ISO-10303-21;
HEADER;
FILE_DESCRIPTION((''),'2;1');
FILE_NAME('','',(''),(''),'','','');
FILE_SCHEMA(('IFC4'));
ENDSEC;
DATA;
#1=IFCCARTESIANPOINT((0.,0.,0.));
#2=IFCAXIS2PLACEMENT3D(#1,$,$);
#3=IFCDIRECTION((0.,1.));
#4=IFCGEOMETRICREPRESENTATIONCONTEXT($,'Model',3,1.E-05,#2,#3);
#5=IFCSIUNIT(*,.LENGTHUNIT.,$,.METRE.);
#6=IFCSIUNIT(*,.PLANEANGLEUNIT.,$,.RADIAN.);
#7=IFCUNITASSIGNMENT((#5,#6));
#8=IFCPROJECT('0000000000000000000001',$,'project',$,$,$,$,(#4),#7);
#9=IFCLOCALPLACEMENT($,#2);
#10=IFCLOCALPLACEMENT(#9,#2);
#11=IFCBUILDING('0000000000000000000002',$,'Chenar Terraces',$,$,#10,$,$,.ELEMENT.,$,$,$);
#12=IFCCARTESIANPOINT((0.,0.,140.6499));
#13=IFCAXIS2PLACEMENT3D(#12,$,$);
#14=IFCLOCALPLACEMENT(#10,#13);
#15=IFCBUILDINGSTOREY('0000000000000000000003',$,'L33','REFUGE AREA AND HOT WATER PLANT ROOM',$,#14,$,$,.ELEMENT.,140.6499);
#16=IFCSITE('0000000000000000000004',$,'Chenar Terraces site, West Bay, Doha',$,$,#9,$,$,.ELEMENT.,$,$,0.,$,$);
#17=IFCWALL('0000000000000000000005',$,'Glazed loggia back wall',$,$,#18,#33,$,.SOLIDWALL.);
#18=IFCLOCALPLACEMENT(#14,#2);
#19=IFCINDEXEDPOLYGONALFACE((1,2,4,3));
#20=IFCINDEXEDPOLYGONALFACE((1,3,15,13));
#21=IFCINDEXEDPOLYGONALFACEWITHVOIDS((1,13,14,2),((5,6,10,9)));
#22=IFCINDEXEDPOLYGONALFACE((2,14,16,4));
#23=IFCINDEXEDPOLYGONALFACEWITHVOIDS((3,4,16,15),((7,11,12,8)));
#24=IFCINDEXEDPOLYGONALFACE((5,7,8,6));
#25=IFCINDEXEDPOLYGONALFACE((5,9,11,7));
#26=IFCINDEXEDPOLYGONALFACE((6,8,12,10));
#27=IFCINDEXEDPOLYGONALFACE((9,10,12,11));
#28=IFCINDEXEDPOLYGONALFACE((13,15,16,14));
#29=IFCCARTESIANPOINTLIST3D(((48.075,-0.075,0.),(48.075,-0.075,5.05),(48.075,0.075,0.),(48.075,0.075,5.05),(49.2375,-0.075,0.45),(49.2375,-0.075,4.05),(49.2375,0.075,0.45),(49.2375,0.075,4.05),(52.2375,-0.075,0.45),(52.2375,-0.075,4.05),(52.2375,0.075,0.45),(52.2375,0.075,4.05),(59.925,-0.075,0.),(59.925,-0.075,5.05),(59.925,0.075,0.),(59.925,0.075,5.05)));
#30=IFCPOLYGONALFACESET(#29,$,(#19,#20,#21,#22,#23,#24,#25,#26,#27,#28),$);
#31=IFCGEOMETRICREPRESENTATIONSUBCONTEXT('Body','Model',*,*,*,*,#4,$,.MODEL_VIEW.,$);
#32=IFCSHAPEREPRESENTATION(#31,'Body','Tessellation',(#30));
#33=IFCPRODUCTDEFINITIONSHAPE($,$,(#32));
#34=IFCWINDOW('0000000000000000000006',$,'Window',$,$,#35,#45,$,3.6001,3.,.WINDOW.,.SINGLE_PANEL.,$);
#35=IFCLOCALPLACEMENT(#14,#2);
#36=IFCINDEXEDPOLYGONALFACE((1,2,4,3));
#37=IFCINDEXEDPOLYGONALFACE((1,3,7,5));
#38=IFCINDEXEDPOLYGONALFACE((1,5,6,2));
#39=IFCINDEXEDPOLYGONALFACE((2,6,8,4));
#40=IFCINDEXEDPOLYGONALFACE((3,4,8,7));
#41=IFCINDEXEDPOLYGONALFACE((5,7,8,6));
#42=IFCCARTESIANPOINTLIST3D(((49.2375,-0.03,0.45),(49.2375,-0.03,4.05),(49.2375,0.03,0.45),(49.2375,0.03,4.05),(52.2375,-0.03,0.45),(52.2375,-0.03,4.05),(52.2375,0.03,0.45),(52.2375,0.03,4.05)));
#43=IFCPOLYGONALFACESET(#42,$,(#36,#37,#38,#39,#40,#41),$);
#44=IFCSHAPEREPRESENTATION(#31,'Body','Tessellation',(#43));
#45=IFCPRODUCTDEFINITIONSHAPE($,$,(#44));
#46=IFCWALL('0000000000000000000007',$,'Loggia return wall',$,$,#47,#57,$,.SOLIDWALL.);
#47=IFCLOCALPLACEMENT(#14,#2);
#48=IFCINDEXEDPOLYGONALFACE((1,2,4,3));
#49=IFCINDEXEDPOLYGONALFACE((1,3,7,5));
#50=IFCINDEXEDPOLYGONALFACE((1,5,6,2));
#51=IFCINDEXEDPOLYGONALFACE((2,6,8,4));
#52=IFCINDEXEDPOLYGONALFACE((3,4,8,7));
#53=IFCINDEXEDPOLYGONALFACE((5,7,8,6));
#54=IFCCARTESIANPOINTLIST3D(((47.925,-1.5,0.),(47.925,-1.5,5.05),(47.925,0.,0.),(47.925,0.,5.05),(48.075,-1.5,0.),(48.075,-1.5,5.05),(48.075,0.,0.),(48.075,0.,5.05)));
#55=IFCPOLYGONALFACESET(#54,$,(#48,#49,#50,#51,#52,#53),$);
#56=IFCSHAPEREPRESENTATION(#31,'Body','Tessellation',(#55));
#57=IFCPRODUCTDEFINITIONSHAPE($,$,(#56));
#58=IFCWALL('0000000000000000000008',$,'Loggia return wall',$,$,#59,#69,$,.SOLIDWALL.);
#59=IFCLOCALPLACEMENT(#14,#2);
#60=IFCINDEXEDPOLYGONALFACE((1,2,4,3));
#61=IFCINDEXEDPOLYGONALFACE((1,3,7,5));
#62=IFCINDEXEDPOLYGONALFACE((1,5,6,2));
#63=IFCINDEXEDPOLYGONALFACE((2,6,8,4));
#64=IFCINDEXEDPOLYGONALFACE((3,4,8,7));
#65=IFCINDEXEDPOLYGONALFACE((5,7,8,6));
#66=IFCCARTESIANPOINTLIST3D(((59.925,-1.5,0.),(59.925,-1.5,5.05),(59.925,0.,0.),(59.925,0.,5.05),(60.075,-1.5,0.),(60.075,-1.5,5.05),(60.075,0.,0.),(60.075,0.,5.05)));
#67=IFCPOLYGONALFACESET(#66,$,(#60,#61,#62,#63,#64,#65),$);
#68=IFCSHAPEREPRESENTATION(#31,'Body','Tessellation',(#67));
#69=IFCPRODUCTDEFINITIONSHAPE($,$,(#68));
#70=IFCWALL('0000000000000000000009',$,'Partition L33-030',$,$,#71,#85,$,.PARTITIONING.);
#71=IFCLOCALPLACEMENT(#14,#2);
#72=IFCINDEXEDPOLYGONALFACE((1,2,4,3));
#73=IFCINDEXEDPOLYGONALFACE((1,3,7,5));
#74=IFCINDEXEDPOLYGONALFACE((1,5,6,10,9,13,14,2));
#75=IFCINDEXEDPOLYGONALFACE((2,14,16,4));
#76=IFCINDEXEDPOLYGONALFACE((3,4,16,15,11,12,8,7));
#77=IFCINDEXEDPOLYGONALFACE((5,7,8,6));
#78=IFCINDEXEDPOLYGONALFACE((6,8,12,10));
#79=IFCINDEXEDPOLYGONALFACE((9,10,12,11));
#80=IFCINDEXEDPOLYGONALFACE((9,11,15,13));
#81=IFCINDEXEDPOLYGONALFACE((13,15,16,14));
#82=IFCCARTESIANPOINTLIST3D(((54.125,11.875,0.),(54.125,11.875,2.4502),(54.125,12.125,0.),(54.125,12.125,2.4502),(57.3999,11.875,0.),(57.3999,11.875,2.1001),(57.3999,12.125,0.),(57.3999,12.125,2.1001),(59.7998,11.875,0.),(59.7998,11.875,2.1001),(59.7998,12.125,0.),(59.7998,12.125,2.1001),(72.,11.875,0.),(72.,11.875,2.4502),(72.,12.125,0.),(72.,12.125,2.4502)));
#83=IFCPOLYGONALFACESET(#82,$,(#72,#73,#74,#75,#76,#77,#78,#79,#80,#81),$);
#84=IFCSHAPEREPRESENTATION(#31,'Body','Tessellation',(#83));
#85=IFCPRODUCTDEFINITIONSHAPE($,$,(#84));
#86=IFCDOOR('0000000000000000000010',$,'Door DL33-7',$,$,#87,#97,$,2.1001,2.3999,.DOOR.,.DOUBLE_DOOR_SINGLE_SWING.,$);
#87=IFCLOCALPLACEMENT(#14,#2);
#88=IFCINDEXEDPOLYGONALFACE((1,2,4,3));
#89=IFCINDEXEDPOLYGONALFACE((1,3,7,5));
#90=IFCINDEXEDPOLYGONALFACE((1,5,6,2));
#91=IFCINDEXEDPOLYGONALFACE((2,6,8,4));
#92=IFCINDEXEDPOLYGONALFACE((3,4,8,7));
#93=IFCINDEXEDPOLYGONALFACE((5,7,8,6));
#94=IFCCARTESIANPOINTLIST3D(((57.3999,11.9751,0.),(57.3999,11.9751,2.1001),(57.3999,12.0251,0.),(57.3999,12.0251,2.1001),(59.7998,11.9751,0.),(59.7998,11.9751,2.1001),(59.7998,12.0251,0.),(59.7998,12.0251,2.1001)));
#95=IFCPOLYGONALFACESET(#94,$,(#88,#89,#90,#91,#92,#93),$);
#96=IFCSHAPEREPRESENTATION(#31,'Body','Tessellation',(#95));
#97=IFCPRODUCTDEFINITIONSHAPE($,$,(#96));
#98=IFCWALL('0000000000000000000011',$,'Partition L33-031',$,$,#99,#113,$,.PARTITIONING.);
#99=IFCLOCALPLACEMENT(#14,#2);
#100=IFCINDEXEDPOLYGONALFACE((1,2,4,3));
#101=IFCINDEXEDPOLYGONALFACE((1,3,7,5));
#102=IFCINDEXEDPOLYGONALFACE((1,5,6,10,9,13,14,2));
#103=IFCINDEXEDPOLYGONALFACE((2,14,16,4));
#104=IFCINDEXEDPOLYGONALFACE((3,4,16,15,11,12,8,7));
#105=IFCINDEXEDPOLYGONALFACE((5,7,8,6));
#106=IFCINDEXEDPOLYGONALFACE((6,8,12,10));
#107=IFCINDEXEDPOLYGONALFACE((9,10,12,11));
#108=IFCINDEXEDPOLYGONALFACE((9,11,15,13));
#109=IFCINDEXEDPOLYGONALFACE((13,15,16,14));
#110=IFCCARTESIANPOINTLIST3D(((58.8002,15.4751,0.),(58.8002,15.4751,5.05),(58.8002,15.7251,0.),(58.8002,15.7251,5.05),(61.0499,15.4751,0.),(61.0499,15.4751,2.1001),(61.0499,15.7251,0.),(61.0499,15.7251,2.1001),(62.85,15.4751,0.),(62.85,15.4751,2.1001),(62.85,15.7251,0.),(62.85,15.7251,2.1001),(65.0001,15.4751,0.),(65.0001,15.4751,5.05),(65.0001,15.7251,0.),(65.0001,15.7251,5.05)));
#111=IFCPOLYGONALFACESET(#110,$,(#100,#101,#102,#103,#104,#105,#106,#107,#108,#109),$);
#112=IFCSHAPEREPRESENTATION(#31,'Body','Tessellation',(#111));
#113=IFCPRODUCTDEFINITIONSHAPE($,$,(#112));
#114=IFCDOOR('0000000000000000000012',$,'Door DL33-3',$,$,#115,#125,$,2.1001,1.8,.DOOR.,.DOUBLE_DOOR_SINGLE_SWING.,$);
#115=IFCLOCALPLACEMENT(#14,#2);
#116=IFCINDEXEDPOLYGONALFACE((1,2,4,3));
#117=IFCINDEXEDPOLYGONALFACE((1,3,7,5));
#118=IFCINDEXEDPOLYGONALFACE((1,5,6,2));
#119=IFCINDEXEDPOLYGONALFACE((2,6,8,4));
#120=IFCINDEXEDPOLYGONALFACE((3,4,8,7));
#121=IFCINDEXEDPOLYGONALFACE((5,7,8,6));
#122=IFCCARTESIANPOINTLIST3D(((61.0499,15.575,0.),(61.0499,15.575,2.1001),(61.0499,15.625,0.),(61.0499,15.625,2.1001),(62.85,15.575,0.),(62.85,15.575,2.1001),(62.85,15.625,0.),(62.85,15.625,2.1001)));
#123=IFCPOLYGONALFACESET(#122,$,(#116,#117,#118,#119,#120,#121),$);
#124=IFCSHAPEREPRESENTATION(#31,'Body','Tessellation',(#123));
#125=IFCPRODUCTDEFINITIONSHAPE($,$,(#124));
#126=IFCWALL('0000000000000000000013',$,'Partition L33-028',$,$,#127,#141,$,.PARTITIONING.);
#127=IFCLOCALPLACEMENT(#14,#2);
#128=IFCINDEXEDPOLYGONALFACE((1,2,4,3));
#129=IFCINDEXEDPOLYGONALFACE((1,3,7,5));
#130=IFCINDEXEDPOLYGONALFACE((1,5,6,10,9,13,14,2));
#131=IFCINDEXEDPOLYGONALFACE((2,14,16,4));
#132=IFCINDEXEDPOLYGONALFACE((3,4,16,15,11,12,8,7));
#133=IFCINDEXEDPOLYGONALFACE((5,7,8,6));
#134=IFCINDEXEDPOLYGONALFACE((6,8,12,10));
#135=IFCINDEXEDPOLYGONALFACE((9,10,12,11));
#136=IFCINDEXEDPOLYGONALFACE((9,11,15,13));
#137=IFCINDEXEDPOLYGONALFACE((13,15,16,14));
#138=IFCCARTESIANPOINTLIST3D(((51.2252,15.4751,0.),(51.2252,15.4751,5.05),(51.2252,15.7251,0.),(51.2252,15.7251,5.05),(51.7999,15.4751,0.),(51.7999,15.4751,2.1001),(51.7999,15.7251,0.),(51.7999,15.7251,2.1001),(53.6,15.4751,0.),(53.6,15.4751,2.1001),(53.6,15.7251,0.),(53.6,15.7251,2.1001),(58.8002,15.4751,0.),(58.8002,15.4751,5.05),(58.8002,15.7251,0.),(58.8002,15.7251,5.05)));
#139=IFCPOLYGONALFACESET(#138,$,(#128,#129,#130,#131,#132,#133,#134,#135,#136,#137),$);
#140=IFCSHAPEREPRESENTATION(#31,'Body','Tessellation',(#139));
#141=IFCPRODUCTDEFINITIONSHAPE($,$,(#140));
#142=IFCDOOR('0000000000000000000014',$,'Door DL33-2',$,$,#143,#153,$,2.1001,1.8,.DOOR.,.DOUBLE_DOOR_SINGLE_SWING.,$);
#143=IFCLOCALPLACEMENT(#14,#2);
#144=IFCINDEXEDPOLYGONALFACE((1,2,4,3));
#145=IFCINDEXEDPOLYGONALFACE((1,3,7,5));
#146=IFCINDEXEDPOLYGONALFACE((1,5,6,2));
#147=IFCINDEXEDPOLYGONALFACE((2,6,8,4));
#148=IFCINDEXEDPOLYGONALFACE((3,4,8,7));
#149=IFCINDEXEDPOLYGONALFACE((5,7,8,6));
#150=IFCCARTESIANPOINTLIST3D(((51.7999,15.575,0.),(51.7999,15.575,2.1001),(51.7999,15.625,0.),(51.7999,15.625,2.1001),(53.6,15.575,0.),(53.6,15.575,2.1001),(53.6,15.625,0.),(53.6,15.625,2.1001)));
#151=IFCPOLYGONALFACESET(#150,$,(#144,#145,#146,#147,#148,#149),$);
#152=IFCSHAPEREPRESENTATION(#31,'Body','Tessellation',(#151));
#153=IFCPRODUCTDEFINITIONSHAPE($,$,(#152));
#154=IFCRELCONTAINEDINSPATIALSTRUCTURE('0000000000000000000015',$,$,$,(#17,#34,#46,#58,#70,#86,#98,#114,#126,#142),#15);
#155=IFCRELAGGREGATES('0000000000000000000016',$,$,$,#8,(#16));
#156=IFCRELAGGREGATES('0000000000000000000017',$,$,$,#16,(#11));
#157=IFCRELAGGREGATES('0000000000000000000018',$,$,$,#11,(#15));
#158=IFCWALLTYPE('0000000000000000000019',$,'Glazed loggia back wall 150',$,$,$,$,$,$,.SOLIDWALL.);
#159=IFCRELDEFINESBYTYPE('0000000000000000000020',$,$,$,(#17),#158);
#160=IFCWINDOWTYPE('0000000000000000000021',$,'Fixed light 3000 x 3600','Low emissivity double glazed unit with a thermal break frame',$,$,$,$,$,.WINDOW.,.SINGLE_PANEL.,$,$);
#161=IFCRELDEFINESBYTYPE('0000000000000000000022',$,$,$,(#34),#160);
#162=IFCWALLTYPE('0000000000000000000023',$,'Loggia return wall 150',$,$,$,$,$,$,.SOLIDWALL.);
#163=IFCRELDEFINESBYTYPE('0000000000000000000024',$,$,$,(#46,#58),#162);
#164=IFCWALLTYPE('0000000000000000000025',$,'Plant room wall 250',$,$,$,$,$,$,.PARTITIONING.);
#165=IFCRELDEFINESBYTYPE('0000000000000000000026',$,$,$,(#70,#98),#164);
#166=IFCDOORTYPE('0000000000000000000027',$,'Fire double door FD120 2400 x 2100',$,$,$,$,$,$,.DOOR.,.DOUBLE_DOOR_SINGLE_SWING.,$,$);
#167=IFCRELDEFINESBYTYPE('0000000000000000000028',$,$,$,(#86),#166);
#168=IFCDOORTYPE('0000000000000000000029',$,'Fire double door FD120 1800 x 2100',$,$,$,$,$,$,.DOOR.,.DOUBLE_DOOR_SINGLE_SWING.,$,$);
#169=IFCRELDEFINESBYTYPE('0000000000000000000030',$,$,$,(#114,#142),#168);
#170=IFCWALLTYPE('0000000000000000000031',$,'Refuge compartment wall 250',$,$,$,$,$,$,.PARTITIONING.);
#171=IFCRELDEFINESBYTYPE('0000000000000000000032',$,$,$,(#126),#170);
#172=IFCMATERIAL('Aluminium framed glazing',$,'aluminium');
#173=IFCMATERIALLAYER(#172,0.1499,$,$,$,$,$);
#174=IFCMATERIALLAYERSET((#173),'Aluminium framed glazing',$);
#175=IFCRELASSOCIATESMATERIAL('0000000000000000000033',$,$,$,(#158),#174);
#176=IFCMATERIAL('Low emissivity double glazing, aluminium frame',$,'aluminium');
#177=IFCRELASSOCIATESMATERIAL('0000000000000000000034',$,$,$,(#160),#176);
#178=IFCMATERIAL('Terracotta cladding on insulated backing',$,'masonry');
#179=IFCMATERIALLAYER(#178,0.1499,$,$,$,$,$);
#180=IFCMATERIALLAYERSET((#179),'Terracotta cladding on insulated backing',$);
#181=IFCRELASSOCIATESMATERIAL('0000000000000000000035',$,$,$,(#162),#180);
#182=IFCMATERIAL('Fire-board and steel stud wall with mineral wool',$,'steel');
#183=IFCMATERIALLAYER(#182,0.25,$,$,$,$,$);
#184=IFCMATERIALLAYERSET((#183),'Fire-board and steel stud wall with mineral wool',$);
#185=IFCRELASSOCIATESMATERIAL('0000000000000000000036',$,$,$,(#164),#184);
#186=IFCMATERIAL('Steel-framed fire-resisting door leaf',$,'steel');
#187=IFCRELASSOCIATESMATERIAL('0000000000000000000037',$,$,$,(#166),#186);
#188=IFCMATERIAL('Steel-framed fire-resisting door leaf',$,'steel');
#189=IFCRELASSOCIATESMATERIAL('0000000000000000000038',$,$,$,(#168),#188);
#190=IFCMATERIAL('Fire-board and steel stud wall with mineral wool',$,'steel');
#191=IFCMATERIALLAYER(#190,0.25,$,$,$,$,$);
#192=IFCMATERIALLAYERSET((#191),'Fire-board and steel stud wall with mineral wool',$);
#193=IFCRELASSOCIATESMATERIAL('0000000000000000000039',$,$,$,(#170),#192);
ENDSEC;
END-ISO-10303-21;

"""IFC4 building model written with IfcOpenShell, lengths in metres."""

from ifc_helpers import new_model, si_unit, direction, frame, frame_2d, origin, place, context, subcontext, project, spatial, rectangle, extrude, material, layer, layer_set, type_object, element, fill, save


model = new_model("IFC4")

# Units and contexts
model_context = context("Model", 3, precision=1e-05, world=origin(), true_north=direction((0.0, 1.0)))
body_context = subcontext(model_context, "Body", "Model", "MODEL_VIEW")
ifc_project = project(units=[si_unit("LENGTHUNIT", "METRE"), si_unit("PLANEANGLEUNIT", "RADIAN")], contexts=[model_context])

# Site, building, storey
site_placement = place(None, origin())
site = spatial("IfcSite", under=ifc_project, at=site_placement, Name="Chenar Terraces site, West Bay, Doha", CompositionType="ELEMENT", RefElevation=0.0)
building_placement = place(site_placement, origin())
building = spatial("IfcBuilding", under=site, at=building_placement, Name="Chenar Terraces", CompositionType="ELEMENT")
storey_placement = place(building_placement, frame((0.0, 0.0, 140.6499)))
storey = spatial("IfcBuildingStorey", under=building, at=storey_placement, Name="L33", Description="REFUGE AREA AND HOT WATER PLANT ROOM", CompositionType="ELEMENT", Elevation=140.6499)

# Wall, opening, window
ifc_material_1 = material(Name="Aluminium framed glazing", Category="aluminium")
ifc_layer_1 = layer(ifc_material_1, 0.1499)
ifc_layer_set_1 = layer_set([ifc_layer_1], Name="Aluminium framed glazing")
wall_type_1 = type_object("IfcWallType", Name="Glazed loggia back wall 150", PredefinedType="SOLIDWALL", material=ifc_layer_set_1)
wall_1_placement = place(storey_placement, frame((48.075, 0.0, 0.0), z_axis=(0.0, 0.0, 1.0), x_axis=(1.0, 0.0, 0.0)))
wall_1 = element("IfcWall", 1, at=wall_1_placement, inside=storey, type_object=wall_type_1, Name="Glazed loggia back wall", PredefinedType="SOLIDWALL", context=body_context, shape_type="SweptSolid", body=[
    extrude(rectangle(XDim=11.8501, YDim=0.1499, at=frame_2d((5.925, 0.0))), origin(), (0.0, 0.0, 1.0), 5.05),
])
opening_1_placement = place(wall_1_placement, frame((1.1626, 0.0, 0.45)))
opening_1 = element("IfcOpeningElement", 2, at=opening_1_placement, cuts=wall_1, PredefinedType="OPENING", context=body_context, shape_type="SweptSolid", body=[
    extrude(rectangle(XDim=3.0, YDim=3.6001, at=frame_2d((1.5, 1.8))), frame((0.0, 0.085, 0.0), z_axis=(0.0, -1.0, 0.0), x_axis=(1.0, 0.0, 0.0)), (0.0, 0.0, 1.0), 0.1699),
])
ifc_material_2 = material(Name="Low emissivity double glazing, aluminium frame", Category="aluminium")
window_type = type_object("IfcWindowType", Name="Fixed light 3000 x 3600", Description="Low emissivity double glazed unit with a thermal break frame", PartitioningType="SINGLE_PANEL", PredefinedType="WINDOW", material=ifc_material_2)
window_placement = place(opening_1_placement, origin())
window = element("IfcWindow", 3, at=window_placement, inside=storey, type_object=window_type, Name="Window", OverallHeight=3.6001, OverallWidth=3.0, PartitioningType="SINGLE_PANEL", PredefinedType="WINDOW", context=body_context, shape_type="SweptSolid", body=[
    extrude(rectangle(XDim=3.0, YDim=3.6001, at=frame_2d((1.5, 1.8))), frame((0.0, 0.03, 0.0), z_axis=(0.0, -1.0, 0.0), x_axis=(1.0, 0.0, 0.0)), (0.0, 0.0, 1.0), 0.0601),
])
fill(opening_1, window)

# Walls
ifc_material_3 = material(Name="Terracotta cladding on insulated backing", Category="masonry")
ifc_layer_2 = layer(ifc_material_3, 0.1499)
ifc_layer_set_2 = layer_set([ifc_layer_2], Name="Terracotta cladding on insulated backing")
wall_type_2 = type_object("IfcWallType", Name="Loggia return wall 150", PredefinedType="SOLIDWALL", material=ifc_layer_set_2)
for number, where, z_axis, x_axis, name in (
    (4, (48.0, -1.5, 0.0), (0.0, 0.0, 1.0), (0.0, 1.0, 0.0), "Loggia return wall"),
    (5, (60.0, -1.5, 0.0), (0.0, 0.0, 1.0), (0.0, 1.0, 0.0), "Loggia return wall"),
):
    element("IfcWall", number, at=place(storey_placement, frame(where, z_axis=z_axis, x_axis=x_axis)), inside=storey, type_object=wall_type_2, Name=name, PredefinedType="SOLIDWALL", context=body_context, shape_type="SweptSolid", body=[
        extrude(rectangle(XDim=1.5, YDim=0.1499, at=frame_2d((0.75, 0.0))), origin(), (0.0, 0.0, 1.0), 5.05),
    ])

# Walls, openings, doors
ifc_material_4 = material(Name="Fire-board and steel stud wall with mineral wool", Category="steel")
ifc_layer_3 = layer(ifc_material_4, 0.25)
ifc_layer_set_3 = layer_set([ifc_layer_3], Name="Fire-board and steel stud wall with mineral wool")
wall_type_3 = type_object("IfcWallType", Name="Plant room wall 250", PredefinedType="PARTITIONING", material=ifc_layer_set_3)
wall_2_placement = place(storey_placement, frame((54.125, 12.0, 0.0), z_axis=(0.0, 0.0, 1.0), x_axis=(1.0, 0.0, 0.0)))
wall_2 = element("IfcWall", 6, at=wall_2_placement, inside=storey, type_object=wall_type_3, Name="Partition L33-030", PredefinedType="PARTITIONING", context=body_context, shape_type="SweptSolid", body=[
    extrude(rectangle(XDim=17.875, YDim=0.25, at=frame_2d((8.9375, 0.0))), origin(), (0.0, 0.0, 1.0), 2.4502),
])
opening_2_placement = place(wall_2_placement, frame((3.2749, 0.0, 0.0)))
opening_2 = element("IfcOpeningElement", 7, at=opening_2_placement, cuts=wall_2, PredefinedType="OPENING", context=body_context, shape_type="SweptSolid", body=[
    extrude(rectangle(XDim=2.3999, YDim=2.1001, at=frame_2d((1.2, 1.05))), frame((0.0, 0.135, 0.0), z_axis=(0.0, -1.0, 0.0), x_axis=(1.0, 0.0, 0.0)), (0.0, 0.0, 1.0), 0.27),
])
ifc_material_5 = material(Name="Steel-framed fire-resisting door leaf", Category="steel")
door_type_1 = type_object("IfcDoorType", Name="Fire double door FD120 2400 x 2100", OperationType="DOUBLE_DOOR_SINGLE_SWING", PredefinedType="DOOR", material=ifc_material_5)
door_1_placement = place(opening_2_placement, frame((2.3999, 0.0, 0.0), z_axis=(0.0, 0.0, 1.0), x_axis=(-1.0, 0.0, 0.0)))
door_1 = element("IfcDoor", 8, at=door_1_placement, inside=storey, type_object=door_type_1, Name="Door DL33-7", OperationType="DOUBLE_DOOR_SINGLE_SWING", OverallHeight=2.1001, OverallWidth=2.3999, PredefinedType="DOOR", context=body_context, shape_type="SweptSolid", body=[
    extrude(rectangle(XDim=2.3999, YDim=2.1001, at=frame_2d((1.2, 1.05))), frame((0.0, 0.0249, 0.0), z_axis=(0.0, -1.0, 0.0), x_axis=(1.0, 0.0, 0.0)), (0.0, 0.0, 1.0), 0.05),
])
fill(opening_2, door_1)
wall_3_placement = place(storey_placement, frame((58.8, 15.6001, 0.0), z_axis=(0.0, 0.0, 1.0), x_axis=(1.0, 0.0, 0.0)))
wall_3 = element("IfcWall", 9, at=wall_3_placement, inside=storey, type_object=wall_type_3, Name="Partition L33-031", PredefinedType="PARTITIONING", context=body_context, shape_type="SweptSolid", body=[
    extrude(rectangle(XDim=6.2, YDim=0.25, at=frame_2d((3.1001, 0.0))), origin(), (0.0, 0.0, 1.0), 5.05),
])
opening_3_placement = place(wall_3_placement, frame((2.25, 0.0, 0.0)))
opening_3 = element("IfcOpeningElement", 10, at=opening_3_placement, cuts=wall_3, PredefinedType="OPENING", context=body_context, shape_type="SweptSolid", body=[
    extrude(rectangle(XDim=1.8, YDim=2.1001, at=frame_2d((0.8999, 1.05))), frame((0.0, 0.135, 0.0), z_axis=(0.0, -1.0, 0.0), x_axis=(1.0, 0.0, 0.0)), (0.0, 0.0, 1.0), 0.27),
])
ifc_material_6 = material(Name="Steel-framed fire-resisting door leaf", Category="steel")
door_type_2 = type_object("IfcDoorType", Name="Fire double door FD120 1800 x 2100", OperationType="DOUBLE_DOOR_SINGLE_SWING", PredefinedType="DOOR", material=ifc_material_6)
door_2_placement = place(opening_3_placement, origin())
door_2 = element("IfcDoor", 11, at=door_2_placement, inside=storey, type_object=door_type_2, Name="Door DL33-3", OperationType="DOUBLE_DOOR_SINGLE_SWING", OverallHeight=2.1001, OverallWidth=1.8, PredefinedType="DOOR", context=body_context, shape_type="SweptSolid", body=[
    extrude(rectangle(XDim=1.8, YDim=2.1001, at=frame_2d((0.8999, 1.05))), frame((0.0, 0.0249, 0.0), z_axis=(0.0, -1.0, 0.0), x_axis=(1.0, 0.0, 0.0)), (0.0, 0.0, 1.0), 0.05),
])
fill(opening_3, door_2)
ifc_material_7 = material(Name="Fire-board and steel stud wall with mineral wool", Category="steel")
ifc_layer_4 = layer(ifc_material_7, 0.25)
ifc_layer_set_4 = layer_set([ifc_layer_4], Name="Fire-board and steel stud wall with mineral wool")
wall_type_4 = type_object("IfcWallType", Name="Refuge compartment wall 250", PredefinedType="PARTITIONING", material=ifc_layer_set_4)
wall_4_placement = place(storey_placement, frame((51.2251, 15.6001, 0.0), z_axis=(0.0, 0.0, 1.0), x_axis=(1.0, 0.0, 0.0)))
wall_4 = element("IfcWall", 12, at=wall_4_placement, inside=storey, type_object=wall_type_4, Name="Partition L33-028", PredefinedType="PARTITIONING", context=body_context, shape_type="SweptSolid", body=[
    extrude(rectangle(XDim=7.575, YDim=0.25, at=frame_2d((3.7876, 0.0))), origin(), (0.0, 0.0, 1.0), 5.05),
])
opening_4_placement = place(wall_4_placement, frame((0.575, 0.0, 0.0)))
opening_4 = element("IfcOpeningElement", 13, at=opening_4_placement, cuts=wall_4, PredefinedType="OPENING", context=body_context, shape_type="SweptSolid", body=[
    extrude(rectangle(XDim=1.8, YDim=2.1001, at=frame_2d((0.8999, 1.05))), frame((0.0, 0.135, 0.0), z_axis=(0.0, -1.0, 0.0), x_axis=(1.0, 0.0, 0.0)), (0.0, 0.0, 1.0), 0.27),
])
door_3_placement = place(opening_4_placement, origin())
door_3 = element("IfcDoor", 14, at=door_3_placement, inside=storey, type_object=door_type_2, Name="Door DL33-2", OperationType="DOUBLE_DOOR_SINGLE_SWING", OverallHeight=2.1001, OverallWidth=1.8, PredefinedType="DOOR", context=body_context, shape_type="SweptSolid", body=[
    extrude(rectangle(XDim=1.8, YDim=2.1001, at=frame_2d((0.8999, 1.05))), frame((0.0, 0.0249, 0.0), z_axis=(0.0, -1.0, 0.0), x_axis=(1.0, 0.0, 0.0)), (0.0, 0.0, 1.0), 0.05),
])
fill(opening_4, door_3)

save(model, "model.ifc")
